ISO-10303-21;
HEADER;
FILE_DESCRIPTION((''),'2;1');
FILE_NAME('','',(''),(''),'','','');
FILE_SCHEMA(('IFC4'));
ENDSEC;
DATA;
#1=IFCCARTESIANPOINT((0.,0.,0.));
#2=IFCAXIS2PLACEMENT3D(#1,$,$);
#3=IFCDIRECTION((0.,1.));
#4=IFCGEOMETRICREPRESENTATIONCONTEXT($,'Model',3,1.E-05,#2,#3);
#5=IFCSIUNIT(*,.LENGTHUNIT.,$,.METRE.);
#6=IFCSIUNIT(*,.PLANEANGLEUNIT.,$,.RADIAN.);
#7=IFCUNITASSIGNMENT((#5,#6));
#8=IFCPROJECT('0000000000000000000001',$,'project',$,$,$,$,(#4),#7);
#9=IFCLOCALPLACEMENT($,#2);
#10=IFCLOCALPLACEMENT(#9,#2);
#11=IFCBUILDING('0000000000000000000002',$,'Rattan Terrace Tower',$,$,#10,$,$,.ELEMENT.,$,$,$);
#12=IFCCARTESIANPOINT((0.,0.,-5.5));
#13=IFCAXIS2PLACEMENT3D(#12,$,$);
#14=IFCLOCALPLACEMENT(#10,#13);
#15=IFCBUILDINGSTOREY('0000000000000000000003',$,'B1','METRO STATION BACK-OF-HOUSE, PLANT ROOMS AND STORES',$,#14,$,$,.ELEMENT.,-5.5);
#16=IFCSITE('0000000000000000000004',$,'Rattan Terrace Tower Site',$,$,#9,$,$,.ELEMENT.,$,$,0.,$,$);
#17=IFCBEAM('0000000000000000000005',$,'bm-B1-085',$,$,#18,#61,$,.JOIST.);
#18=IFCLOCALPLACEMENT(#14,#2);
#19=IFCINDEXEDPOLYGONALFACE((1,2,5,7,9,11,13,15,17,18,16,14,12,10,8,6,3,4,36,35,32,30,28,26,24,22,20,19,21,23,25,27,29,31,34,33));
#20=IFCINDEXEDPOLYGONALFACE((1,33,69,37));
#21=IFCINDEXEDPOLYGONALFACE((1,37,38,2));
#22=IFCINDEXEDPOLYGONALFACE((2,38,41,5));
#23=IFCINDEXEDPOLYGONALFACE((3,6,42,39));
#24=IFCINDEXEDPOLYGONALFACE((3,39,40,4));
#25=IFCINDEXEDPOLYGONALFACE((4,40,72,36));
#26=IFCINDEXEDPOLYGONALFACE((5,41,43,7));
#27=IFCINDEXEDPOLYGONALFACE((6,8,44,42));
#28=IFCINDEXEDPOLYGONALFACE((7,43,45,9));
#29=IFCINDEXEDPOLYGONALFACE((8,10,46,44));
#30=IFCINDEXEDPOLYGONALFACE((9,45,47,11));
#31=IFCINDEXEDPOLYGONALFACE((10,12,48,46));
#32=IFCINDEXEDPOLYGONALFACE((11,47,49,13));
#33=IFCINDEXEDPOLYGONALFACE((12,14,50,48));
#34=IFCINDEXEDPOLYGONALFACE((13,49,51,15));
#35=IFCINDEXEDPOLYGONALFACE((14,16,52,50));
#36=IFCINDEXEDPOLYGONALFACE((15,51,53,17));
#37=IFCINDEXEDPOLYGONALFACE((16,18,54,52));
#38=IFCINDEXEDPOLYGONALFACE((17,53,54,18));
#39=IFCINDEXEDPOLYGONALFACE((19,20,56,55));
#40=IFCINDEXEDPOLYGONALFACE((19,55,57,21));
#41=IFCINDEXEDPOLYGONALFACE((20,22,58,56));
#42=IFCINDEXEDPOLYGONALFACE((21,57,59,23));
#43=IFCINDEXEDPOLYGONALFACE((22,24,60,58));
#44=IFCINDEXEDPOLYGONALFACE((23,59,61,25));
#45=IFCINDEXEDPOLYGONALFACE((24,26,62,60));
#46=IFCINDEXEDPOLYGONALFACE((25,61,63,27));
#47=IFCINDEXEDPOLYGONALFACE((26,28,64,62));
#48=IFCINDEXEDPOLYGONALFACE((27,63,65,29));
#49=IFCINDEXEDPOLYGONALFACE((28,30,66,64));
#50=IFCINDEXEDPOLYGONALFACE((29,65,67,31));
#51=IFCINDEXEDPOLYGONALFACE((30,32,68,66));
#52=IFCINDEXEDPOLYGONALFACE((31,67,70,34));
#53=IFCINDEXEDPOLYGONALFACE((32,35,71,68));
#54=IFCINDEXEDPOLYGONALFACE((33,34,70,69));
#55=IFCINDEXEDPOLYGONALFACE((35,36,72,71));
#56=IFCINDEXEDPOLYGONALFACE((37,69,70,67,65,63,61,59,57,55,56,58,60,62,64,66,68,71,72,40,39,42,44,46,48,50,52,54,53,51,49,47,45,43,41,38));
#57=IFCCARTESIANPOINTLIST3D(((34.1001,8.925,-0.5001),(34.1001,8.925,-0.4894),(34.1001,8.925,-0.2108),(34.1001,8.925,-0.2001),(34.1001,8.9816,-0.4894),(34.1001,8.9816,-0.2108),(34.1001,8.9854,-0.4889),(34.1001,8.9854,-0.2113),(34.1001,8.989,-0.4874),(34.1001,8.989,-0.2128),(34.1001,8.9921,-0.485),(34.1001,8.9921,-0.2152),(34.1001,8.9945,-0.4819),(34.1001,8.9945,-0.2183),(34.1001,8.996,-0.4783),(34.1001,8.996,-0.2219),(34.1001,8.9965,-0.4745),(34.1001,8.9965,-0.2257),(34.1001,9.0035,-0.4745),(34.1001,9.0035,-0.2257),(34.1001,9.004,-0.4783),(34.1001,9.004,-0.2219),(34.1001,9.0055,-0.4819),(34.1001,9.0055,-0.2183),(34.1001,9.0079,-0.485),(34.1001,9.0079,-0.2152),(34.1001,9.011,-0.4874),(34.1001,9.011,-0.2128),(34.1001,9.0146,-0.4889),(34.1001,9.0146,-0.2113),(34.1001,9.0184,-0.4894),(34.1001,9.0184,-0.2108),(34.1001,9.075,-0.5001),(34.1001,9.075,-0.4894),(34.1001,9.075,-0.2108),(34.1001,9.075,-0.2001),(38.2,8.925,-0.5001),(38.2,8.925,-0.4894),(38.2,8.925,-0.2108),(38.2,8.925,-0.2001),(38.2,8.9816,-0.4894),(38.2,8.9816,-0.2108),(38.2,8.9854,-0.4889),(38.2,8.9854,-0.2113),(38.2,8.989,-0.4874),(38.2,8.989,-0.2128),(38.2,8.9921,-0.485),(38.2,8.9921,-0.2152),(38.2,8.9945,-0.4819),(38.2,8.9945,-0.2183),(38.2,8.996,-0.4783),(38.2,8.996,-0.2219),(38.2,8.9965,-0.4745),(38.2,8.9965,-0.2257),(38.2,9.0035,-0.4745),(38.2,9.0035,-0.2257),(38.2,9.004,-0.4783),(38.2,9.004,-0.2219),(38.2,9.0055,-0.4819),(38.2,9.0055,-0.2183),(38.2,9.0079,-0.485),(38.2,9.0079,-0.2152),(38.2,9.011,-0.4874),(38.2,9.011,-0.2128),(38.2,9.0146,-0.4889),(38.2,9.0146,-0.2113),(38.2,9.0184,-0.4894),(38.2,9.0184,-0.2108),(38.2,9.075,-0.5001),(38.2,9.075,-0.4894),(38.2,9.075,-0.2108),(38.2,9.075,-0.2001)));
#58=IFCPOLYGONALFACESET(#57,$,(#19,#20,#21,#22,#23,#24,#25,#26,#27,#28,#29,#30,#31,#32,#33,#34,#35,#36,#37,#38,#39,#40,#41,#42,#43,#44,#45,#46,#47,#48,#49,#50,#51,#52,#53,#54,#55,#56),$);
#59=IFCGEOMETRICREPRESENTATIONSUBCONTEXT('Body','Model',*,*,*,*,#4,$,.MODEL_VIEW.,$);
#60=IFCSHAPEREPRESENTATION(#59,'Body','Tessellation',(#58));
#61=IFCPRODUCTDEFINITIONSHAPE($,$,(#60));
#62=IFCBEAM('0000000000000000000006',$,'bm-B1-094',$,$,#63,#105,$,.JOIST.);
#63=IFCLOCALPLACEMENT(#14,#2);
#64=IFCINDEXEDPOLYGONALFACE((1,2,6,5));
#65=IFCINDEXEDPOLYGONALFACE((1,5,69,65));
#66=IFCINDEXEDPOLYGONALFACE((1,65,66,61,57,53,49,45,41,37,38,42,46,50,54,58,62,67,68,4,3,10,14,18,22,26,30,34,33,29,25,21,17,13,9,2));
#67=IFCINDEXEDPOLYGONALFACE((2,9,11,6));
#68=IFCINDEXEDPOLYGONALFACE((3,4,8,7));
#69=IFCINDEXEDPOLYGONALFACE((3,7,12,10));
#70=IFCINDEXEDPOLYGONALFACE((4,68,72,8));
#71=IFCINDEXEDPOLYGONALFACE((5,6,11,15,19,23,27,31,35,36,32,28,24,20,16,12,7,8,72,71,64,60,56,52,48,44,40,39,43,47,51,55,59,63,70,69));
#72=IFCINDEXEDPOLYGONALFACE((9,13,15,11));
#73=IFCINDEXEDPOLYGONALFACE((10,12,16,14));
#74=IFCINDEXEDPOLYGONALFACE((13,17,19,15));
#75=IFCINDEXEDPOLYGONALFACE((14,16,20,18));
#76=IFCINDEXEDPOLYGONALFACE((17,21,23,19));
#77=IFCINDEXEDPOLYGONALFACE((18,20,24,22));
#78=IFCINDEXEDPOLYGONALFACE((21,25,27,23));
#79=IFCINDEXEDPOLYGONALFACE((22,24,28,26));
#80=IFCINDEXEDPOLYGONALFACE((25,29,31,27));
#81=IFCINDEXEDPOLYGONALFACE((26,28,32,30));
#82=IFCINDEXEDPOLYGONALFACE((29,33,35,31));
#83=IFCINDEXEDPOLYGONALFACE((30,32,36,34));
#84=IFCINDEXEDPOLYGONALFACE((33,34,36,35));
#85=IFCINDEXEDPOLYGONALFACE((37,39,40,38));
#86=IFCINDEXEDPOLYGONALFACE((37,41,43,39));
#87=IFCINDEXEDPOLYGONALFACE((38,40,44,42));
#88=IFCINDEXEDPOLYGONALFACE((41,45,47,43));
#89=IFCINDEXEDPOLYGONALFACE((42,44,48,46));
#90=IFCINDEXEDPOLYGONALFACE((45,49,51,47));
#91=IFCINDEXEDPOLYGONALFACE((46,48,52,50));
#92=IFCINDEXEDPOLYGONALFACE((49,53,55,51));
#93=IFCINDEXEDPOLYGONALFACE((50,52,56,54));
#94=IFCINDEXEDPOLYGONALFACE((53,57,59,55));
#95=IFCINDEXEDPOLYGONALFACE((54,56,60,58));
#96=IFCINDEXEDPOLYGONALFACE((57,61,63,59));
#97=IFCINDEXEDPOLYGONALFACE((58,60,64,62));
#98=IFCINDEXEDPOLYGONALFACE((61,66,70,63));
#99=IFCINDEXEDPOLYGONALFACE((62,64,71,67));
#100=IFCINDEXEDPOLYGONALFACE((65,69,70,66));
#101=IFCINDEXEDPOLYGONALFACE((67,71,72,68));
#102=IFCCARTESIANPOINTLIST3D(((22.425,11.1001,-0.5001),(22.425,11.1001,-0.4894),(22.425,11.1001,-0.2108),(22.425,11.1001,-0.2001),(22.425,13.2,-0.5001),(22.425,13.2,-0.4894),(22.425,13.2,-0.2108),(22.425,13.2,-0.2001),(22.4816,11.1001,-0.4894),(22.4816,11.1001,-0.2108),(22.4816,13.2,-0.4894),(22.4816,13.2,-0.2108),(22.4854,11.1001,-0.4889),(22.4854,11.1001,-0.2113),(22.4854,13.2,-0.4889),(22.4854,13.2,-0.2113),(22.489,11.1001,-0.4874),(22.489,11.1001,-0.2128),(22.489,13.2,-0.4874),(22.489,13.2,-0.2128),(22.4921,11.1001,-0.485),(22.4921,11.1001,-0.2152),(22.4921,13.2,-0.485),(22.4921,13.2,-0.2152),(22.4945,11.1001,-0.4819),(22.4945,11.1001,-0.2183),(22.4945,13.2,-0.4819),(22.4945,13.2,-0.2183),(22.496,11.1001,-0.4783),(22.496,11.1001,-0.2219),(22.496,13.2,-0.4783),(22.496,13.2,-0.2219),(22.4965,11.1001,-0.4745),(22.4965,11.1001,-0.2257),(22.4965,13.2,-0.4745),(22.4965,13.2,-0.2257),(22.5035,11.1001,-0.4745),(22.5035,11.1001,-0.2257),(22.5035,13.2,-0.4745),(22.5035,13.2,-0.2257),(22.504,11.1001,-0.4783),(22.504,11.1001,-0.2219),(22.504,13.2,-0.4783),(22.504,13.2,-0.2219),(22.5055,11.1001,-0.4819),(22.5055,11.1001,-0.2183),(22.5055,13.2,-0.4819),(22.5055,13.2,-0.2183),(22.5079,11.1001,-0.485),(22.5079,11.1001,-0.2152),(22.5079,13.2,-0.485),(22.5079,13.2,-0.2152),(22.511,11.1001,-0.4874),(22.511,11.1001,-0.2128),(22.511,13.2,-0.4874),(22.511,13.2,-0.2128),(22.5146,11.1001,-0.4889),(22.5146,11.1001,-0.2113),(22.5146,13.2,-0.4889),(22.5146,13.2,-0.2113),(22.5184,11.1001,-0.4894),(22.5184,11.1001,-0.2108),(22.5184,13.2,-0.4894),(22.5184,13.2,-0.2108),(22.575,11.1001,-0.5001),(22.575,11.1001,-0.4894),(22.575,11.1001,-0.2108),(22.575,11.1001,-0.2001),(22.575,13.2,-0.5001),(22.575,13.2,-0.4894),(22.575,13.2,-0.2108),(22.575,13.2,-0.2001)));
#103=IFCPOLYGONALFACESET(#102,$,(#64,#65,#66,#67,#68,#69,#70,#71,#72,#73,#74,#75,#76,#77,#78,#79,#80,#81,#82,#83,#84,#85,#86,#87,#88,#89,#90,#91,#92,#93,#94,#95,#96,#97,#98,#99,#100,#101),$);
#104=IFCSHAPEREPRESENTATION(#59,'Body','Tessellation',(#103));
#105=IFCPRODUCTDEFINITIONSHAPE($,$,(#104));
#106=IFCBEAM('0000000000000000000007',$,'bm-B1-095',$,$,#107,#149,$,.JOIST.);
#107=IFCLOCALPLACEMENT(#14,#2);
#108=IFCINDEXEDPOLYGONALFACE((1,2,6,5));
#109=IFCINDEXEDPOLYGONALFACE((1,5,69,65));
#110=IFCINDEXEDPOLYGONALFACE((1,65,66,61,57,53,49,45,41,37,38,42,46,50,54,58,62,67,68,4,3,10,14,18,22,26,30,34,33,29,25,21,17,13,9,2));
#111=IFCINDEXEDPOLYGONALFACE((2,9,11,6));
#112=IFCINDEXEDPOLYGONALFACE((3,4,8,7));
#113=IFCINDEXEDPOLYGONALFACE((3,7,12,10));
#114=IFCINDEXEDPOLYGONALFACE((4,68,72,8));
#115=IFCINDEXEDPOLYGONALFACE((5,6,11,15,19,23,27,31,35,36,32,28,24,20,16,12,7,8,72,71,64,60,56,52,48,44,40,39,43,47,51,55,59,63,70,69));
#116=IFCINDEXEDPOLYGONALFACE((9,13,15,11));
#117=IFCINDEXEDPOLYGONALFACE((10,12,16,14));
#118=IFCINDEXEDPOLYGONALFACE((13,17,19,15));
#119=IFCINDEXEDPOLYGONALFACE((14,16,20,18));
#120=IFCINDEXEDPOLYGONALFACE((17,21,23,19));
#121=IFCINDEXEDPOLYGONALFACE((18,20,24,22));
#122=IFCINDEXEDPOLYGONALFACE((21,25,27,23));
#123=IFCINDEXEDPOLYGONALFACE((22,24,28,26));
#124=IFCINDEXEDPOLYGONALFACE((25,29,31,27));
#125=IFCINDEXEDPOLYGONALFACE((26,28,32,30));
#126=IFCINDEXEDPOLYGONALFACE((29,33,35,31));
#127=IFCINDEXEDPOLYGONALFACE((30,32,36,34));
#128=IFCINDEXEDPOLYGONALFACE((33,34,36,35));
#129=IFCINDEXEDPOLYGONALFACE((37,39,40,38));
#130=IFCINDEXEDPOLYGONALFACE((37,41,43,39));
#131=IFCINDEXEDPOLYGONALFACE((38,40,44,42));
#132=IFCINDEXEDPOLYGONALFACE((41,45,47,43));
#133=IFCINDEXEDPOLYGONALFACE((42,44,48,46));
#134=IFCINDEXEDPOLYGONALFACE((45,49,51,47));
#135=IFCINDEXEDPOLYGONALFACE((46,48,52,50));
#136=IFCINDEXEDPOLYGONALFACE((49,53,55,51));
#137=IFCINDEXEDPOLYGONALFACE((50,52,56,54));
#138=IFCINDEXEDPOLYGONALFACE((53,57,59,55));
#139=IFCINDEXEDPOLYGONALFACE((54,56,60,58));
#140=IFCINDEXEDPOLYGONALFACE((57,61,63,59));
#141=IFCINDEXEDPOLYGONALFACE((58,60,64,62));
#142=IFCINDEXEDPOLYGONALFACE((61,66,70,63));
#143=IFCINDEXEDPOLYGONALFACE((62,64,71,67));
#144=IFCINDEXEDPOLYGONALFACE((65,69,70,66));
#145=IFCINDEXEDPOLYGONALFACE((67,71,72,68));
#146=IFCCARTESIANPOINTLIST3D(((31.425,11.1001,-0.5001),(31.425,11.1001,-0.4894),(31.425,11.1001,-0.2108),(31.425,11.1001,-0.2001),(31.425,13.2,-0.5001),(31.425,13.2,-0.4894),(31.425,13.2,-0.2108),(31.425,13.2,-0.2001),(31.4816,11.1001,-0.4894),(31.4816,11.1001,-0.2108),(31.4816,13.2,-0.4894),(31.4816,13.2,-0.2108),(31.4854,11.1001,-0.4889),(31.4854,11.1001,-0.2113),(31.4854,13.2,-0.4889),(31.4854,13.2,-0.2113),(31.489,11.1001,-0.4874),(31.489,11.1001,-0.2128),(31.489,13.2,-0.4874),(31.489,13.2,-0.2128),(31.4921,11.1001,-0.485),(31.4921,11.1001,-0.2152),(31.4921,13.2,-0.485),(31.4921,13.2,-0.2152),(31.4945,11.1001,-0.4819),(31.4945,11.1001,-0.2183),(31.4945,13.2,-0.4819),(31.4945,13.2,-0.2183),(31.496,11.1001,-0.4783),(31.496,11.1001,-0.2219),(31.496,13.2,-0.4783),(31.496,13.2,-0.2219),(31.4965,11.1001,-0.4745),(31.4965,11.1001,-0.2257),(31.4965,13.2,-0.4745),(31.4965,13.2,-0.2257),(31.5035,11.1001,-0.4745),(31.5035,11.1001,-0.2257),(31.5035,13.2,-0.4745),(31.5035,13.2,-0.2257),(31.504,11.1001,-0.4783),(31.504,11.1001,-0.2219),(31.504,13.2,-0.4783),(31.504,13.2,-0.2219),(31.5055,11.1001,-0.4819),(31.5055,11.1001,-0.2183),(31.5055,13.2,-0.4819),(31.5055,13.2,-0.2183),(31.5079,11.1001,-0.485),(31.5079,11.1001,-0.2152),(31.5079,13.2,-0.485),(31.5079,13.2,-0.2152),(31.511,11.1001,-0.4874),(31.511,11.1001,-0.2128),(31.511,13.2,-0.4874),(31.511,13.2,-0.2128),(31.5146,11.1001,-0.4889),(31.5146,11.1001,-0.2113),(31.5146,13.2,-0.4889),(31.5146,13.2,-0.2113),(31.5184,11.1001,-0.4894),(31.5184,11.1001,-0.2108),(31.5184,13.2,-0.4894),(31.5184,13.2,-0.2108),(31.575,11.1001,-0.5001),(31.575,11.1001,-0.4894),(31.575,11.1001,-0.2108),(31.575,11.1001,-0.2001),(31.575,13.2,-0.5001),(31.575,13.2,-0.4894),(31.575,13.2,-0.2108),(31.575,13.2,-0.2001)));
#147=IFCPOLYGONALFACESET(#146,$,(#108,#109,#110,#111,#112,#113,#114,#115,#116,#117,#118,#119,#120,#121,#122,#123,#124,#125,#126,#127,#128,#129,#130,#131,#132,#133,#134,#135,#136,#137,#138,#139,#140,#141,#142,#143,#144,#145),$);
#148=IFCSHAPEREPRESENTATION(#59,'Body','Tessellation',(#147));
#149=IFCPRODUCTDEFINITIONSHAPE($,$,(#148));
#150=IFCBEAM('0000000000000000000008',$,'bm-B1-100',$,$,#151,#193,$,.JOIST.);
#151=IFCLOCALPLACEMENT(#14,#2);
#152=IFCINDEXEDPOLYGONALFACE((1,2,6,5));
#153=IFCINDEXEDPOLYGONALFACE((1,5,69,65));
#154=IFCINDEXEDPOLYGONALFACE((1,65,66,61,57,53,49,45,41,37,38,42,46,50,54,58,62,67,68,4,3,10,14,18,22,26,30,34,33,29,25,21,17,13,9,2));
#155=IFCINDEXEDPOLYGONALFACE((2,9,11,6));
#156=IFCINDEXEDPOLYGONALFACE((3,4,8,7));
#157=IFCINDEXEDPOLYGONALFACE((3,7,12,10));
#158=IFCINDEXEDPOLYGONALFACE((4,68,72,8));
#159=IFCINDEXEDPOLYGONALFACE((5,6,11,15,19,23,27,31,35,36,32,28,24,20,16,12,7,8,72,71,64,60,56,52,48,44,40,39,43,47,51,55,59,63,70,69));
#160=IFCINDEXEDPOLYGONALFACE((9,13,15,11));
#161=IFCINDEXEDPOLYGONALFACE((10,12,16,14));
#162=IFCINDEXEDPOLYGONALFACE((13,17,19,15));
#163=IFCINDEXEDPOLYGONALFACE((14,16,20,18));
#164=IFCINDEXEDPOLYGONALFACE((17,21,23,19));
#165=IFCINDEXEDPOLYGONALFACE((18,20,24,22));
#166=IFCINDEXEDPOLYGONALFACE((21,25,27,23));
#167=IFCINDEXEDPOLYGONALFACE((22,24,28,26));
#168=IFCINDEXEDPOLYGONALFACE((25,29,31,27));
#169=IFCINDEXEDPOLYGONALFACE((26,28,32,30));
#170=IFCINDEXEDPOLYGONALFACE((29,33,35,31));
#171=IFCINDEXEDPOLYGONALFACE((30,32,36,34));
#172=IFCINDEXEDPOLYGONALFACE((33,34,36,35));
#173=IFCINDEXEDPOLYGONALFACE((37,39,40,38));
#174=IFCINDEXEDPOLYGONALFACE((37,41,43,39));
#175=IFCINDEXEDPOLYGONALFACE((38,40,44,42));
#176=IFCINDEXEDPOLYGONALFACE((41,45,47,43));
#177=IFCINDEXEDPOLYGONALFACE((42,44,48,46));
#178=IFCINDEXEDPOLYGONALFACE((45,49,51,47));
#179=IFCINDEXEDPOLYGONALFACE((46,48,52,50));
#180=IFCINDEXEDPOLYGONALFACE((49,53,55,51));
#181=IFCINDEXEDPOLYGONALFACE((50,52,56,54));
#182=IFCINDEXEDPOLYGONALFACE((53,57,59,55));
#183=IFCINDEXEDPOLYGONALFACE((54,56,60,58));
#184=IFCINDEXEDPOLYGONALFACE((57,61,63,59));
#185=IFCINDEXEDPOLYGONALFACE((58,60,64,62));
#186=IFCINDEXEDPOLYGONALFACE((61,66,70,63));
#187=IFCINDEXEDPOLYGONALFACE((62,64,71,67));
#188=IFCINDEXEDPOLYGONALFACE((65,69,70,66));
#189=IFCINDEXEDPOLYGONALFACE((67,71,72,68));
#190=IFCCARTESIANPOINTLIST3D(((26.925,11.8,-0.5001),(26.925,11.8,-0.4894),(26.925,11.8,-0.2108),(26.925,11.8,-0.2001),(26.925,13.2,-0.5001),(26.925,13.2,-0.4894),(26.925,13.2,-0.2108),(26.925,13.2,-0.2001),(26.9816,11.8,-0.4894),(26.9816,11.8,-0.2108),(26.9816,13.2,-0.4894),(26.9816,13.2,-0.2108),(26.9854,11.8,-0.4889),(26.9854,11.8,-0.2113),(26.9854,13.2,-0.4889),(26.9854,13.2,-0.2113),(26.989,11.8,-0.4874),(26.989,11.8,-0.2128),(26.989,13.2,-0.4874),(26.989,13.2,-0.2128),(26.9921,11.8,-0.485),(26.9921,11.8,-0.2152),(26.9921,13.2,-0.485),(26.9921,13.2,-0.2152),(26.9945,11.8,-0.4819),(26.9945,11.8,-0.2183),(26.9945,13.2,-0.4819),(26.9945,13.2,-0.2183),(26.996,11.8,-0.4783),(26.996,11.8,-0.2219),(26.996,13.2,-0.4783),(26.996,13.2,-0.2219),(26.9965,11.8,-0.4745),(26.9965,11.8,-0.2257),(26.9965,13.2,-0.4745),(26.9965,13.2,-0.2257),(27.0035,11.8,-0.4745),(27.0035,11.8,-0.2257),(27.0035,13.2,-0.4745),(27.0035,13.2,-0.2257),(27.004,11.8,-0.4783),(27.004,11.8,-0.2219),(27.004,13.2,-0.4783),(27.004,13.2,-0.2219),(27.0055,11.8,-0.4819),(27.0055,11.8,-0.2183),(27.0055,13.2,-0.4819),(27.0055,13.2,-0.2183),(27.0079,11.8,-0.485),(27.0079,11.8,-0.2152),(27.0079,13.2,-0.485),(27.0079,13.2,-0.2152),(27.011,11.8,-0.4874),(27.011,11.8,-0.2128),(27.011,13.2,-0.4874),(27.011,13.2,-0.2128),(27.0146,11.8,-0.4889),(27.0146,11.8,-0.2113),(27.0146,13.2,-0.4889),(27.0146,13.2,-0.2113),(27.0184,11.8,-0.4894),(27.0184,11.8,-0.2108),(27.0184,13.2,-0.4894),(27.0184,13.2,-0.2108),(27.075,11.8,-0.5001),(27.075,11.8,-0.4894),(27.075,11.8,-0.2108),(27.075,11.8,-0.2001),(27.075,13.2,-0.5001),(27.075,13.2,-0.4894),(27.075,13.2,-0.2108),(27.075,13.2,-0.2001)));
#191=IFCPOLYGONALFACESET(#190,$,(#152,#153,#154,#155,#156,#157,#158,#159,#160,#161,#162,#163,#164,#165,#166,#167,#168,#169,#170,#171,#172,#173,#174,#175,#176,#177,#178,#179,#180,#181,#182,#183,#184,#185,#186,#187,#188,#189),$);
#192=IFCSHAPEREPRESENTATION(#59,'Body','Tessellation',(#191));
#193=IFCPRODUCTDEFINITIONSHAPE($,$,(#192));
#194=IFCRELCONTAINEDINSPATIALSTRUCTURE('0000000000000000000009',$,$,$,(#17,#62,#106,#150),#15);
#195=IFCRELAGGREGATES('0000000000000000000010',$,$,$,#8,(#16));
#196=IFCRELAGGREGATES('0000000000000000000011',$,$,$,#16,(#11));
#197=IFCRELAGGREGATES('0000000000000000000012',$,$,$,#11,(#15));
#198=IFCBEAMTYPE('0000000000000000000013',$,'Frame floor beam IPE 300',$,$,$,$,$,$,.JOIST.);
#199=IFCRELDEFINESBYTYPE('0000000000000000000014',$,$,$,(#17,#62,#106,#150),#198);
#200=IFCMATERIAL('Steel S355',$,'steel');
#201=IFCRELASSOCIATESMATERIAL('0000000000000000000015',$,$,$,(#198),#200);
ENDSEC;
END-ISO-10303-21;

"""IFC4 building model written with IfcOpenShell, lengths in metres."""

from ifc_helpers import new_model, si_unit, direction, frame, origin, origin_2d, place, context, subcontext, project, spatial, i_section, extrude, material, material_profile, profile_set, type_object, element, save


model = new_model("IFC4")

# Units and contexts
model_context = context("Model", 3, precision=1e-05, world=origin(), true_north=direction((0.0, 1.0)))
body_context = subcontext(model_context, "Body", "Model", "MODEL_VIEW")
ifc_project = project(units=[si_unit("LENGTHUNIT", "METRE"), si_unit("PLANEANGLEUNIT", "RADIAN")], contexts=[model_context])

# Site, building, storey
site_placement = place(None, origin())
site = spatial("IfcSite", under=ifc_project, at=site_placement, Name="Rattan Terrace Tower Site", CompositionType="ELEMENT", RefElevation=0.0)
building_placement = place(site_placement, origin())
building = spatial("IfcBuilding", under=site, at=building_placement, Name="Rattan Terrace Tower", CompositionType="ELEMENT")
storey_placement = place(building_placement, frame((0.0, 0.0, -5.5)))
storey = spatial("IfcBuildingStorey", under=building, at=storey_placement, Name="B1", Description="METRO STATION BACK-OF-HOUSE, PLANT ROOMS AND STORES", CompositionType="ELEMENT", Elevation=-5.5)

# Beams
ifc_material_1 = material(Name="Steel S355", Category="steel")
ifc_material_profile_1 = material_profile(ifc_material_1, i_section(OverallWidth=0.1499, OverallDepth=0.3, WebThickness=0.0071, FlangeThickness=0.0107, FilletRadius=0.0149, at=origin_2d()), Name="IPE 300")
ifc_profile_set_1 = profile_set([ifc_material_profile_1], Name="Steel S355")
beam_type_1 = type_object("IfcBeamType", Name="Frame floor beam IPE 300", PredefinedType="JOIST", material=ifc_profile_set_1)
beam_1_placement = place(storey_placement, frame((34.1001, 9.0, -0.3501), z_axis=(1.0, 0.0, 0.0), x_axis=(0.0, 1.0, 0.0)))
element("IfcBeam", 1, at=beam_1_placement, inside=storey, type_object=beam_type_1, Name="bm-B1-085", PredefinedType="JOIST", context=body_context, shape_type="SweptSolid", body=[
    extrude(i_section(OverallWidth=0.1499, OverallDepth=0.3, WebThickness=0.0071, FlangeThickness=0.0107, FilletRadius=0.0149, at=origin_2d()), origin(), (0.0, 0.0, 1.0), 4.0999),
])
for number, where, z_axis, x_axis, name in (
    (2, (22.5, 11.1001, -0.3501), (0.0, 1.0, 0.0), (-1.0, 0.0, 0.0), "bm-B1-094"),
    (3, (31.5, 11.1001, -0.3501), (0.0, 1.0, 0.0), (-1.0, 0.0, 0.0), "bm-B1-095"),
):
    element("IfcBeam", number, at=place(storey_placement, frame(where, z_axis=z_axis, x_axis=x_axis)), inside=storey, type_object=beam_type_1, Name=name, PredefinedType="JOIST", context=body_context, shape_type="SweptSolid", body=[
        extrude(i_section(OverallWidth=0.1499, OverallDepth=0.3, WebThickness=0.0071, FlangeThickness=0.0107, FilletRadius=0.0149, at=origin_2d()), origin(), (0.0, 0.0, 1.0), 2.0999),
    ])
beam_2_placement = place(storey_placement, frame((27.0, 11.8, -0.3501), z_axis=(0.0, 1.0, 0.0), x_axis=(-1.0, 0.0, 0.0)))
element("IfcBeam", 4, at=beam_2_placement, inside=storey, type_object=beam_type_1, Name="bm-B1-100", PredefinedType="JOIST", context=body_context, shape_type="SweptSolid", body=[
    extrude(i_section(OverallWidth=0.1499, OverallDepth=0.3, WebThickness=0.0071, FlangeThickness=0.0107, FilletRadius=0.0149, at=origin_2d()), origin(), (0.0, 0.0, 1.0), 1.3999),
])

save(model, "model.ifc")
